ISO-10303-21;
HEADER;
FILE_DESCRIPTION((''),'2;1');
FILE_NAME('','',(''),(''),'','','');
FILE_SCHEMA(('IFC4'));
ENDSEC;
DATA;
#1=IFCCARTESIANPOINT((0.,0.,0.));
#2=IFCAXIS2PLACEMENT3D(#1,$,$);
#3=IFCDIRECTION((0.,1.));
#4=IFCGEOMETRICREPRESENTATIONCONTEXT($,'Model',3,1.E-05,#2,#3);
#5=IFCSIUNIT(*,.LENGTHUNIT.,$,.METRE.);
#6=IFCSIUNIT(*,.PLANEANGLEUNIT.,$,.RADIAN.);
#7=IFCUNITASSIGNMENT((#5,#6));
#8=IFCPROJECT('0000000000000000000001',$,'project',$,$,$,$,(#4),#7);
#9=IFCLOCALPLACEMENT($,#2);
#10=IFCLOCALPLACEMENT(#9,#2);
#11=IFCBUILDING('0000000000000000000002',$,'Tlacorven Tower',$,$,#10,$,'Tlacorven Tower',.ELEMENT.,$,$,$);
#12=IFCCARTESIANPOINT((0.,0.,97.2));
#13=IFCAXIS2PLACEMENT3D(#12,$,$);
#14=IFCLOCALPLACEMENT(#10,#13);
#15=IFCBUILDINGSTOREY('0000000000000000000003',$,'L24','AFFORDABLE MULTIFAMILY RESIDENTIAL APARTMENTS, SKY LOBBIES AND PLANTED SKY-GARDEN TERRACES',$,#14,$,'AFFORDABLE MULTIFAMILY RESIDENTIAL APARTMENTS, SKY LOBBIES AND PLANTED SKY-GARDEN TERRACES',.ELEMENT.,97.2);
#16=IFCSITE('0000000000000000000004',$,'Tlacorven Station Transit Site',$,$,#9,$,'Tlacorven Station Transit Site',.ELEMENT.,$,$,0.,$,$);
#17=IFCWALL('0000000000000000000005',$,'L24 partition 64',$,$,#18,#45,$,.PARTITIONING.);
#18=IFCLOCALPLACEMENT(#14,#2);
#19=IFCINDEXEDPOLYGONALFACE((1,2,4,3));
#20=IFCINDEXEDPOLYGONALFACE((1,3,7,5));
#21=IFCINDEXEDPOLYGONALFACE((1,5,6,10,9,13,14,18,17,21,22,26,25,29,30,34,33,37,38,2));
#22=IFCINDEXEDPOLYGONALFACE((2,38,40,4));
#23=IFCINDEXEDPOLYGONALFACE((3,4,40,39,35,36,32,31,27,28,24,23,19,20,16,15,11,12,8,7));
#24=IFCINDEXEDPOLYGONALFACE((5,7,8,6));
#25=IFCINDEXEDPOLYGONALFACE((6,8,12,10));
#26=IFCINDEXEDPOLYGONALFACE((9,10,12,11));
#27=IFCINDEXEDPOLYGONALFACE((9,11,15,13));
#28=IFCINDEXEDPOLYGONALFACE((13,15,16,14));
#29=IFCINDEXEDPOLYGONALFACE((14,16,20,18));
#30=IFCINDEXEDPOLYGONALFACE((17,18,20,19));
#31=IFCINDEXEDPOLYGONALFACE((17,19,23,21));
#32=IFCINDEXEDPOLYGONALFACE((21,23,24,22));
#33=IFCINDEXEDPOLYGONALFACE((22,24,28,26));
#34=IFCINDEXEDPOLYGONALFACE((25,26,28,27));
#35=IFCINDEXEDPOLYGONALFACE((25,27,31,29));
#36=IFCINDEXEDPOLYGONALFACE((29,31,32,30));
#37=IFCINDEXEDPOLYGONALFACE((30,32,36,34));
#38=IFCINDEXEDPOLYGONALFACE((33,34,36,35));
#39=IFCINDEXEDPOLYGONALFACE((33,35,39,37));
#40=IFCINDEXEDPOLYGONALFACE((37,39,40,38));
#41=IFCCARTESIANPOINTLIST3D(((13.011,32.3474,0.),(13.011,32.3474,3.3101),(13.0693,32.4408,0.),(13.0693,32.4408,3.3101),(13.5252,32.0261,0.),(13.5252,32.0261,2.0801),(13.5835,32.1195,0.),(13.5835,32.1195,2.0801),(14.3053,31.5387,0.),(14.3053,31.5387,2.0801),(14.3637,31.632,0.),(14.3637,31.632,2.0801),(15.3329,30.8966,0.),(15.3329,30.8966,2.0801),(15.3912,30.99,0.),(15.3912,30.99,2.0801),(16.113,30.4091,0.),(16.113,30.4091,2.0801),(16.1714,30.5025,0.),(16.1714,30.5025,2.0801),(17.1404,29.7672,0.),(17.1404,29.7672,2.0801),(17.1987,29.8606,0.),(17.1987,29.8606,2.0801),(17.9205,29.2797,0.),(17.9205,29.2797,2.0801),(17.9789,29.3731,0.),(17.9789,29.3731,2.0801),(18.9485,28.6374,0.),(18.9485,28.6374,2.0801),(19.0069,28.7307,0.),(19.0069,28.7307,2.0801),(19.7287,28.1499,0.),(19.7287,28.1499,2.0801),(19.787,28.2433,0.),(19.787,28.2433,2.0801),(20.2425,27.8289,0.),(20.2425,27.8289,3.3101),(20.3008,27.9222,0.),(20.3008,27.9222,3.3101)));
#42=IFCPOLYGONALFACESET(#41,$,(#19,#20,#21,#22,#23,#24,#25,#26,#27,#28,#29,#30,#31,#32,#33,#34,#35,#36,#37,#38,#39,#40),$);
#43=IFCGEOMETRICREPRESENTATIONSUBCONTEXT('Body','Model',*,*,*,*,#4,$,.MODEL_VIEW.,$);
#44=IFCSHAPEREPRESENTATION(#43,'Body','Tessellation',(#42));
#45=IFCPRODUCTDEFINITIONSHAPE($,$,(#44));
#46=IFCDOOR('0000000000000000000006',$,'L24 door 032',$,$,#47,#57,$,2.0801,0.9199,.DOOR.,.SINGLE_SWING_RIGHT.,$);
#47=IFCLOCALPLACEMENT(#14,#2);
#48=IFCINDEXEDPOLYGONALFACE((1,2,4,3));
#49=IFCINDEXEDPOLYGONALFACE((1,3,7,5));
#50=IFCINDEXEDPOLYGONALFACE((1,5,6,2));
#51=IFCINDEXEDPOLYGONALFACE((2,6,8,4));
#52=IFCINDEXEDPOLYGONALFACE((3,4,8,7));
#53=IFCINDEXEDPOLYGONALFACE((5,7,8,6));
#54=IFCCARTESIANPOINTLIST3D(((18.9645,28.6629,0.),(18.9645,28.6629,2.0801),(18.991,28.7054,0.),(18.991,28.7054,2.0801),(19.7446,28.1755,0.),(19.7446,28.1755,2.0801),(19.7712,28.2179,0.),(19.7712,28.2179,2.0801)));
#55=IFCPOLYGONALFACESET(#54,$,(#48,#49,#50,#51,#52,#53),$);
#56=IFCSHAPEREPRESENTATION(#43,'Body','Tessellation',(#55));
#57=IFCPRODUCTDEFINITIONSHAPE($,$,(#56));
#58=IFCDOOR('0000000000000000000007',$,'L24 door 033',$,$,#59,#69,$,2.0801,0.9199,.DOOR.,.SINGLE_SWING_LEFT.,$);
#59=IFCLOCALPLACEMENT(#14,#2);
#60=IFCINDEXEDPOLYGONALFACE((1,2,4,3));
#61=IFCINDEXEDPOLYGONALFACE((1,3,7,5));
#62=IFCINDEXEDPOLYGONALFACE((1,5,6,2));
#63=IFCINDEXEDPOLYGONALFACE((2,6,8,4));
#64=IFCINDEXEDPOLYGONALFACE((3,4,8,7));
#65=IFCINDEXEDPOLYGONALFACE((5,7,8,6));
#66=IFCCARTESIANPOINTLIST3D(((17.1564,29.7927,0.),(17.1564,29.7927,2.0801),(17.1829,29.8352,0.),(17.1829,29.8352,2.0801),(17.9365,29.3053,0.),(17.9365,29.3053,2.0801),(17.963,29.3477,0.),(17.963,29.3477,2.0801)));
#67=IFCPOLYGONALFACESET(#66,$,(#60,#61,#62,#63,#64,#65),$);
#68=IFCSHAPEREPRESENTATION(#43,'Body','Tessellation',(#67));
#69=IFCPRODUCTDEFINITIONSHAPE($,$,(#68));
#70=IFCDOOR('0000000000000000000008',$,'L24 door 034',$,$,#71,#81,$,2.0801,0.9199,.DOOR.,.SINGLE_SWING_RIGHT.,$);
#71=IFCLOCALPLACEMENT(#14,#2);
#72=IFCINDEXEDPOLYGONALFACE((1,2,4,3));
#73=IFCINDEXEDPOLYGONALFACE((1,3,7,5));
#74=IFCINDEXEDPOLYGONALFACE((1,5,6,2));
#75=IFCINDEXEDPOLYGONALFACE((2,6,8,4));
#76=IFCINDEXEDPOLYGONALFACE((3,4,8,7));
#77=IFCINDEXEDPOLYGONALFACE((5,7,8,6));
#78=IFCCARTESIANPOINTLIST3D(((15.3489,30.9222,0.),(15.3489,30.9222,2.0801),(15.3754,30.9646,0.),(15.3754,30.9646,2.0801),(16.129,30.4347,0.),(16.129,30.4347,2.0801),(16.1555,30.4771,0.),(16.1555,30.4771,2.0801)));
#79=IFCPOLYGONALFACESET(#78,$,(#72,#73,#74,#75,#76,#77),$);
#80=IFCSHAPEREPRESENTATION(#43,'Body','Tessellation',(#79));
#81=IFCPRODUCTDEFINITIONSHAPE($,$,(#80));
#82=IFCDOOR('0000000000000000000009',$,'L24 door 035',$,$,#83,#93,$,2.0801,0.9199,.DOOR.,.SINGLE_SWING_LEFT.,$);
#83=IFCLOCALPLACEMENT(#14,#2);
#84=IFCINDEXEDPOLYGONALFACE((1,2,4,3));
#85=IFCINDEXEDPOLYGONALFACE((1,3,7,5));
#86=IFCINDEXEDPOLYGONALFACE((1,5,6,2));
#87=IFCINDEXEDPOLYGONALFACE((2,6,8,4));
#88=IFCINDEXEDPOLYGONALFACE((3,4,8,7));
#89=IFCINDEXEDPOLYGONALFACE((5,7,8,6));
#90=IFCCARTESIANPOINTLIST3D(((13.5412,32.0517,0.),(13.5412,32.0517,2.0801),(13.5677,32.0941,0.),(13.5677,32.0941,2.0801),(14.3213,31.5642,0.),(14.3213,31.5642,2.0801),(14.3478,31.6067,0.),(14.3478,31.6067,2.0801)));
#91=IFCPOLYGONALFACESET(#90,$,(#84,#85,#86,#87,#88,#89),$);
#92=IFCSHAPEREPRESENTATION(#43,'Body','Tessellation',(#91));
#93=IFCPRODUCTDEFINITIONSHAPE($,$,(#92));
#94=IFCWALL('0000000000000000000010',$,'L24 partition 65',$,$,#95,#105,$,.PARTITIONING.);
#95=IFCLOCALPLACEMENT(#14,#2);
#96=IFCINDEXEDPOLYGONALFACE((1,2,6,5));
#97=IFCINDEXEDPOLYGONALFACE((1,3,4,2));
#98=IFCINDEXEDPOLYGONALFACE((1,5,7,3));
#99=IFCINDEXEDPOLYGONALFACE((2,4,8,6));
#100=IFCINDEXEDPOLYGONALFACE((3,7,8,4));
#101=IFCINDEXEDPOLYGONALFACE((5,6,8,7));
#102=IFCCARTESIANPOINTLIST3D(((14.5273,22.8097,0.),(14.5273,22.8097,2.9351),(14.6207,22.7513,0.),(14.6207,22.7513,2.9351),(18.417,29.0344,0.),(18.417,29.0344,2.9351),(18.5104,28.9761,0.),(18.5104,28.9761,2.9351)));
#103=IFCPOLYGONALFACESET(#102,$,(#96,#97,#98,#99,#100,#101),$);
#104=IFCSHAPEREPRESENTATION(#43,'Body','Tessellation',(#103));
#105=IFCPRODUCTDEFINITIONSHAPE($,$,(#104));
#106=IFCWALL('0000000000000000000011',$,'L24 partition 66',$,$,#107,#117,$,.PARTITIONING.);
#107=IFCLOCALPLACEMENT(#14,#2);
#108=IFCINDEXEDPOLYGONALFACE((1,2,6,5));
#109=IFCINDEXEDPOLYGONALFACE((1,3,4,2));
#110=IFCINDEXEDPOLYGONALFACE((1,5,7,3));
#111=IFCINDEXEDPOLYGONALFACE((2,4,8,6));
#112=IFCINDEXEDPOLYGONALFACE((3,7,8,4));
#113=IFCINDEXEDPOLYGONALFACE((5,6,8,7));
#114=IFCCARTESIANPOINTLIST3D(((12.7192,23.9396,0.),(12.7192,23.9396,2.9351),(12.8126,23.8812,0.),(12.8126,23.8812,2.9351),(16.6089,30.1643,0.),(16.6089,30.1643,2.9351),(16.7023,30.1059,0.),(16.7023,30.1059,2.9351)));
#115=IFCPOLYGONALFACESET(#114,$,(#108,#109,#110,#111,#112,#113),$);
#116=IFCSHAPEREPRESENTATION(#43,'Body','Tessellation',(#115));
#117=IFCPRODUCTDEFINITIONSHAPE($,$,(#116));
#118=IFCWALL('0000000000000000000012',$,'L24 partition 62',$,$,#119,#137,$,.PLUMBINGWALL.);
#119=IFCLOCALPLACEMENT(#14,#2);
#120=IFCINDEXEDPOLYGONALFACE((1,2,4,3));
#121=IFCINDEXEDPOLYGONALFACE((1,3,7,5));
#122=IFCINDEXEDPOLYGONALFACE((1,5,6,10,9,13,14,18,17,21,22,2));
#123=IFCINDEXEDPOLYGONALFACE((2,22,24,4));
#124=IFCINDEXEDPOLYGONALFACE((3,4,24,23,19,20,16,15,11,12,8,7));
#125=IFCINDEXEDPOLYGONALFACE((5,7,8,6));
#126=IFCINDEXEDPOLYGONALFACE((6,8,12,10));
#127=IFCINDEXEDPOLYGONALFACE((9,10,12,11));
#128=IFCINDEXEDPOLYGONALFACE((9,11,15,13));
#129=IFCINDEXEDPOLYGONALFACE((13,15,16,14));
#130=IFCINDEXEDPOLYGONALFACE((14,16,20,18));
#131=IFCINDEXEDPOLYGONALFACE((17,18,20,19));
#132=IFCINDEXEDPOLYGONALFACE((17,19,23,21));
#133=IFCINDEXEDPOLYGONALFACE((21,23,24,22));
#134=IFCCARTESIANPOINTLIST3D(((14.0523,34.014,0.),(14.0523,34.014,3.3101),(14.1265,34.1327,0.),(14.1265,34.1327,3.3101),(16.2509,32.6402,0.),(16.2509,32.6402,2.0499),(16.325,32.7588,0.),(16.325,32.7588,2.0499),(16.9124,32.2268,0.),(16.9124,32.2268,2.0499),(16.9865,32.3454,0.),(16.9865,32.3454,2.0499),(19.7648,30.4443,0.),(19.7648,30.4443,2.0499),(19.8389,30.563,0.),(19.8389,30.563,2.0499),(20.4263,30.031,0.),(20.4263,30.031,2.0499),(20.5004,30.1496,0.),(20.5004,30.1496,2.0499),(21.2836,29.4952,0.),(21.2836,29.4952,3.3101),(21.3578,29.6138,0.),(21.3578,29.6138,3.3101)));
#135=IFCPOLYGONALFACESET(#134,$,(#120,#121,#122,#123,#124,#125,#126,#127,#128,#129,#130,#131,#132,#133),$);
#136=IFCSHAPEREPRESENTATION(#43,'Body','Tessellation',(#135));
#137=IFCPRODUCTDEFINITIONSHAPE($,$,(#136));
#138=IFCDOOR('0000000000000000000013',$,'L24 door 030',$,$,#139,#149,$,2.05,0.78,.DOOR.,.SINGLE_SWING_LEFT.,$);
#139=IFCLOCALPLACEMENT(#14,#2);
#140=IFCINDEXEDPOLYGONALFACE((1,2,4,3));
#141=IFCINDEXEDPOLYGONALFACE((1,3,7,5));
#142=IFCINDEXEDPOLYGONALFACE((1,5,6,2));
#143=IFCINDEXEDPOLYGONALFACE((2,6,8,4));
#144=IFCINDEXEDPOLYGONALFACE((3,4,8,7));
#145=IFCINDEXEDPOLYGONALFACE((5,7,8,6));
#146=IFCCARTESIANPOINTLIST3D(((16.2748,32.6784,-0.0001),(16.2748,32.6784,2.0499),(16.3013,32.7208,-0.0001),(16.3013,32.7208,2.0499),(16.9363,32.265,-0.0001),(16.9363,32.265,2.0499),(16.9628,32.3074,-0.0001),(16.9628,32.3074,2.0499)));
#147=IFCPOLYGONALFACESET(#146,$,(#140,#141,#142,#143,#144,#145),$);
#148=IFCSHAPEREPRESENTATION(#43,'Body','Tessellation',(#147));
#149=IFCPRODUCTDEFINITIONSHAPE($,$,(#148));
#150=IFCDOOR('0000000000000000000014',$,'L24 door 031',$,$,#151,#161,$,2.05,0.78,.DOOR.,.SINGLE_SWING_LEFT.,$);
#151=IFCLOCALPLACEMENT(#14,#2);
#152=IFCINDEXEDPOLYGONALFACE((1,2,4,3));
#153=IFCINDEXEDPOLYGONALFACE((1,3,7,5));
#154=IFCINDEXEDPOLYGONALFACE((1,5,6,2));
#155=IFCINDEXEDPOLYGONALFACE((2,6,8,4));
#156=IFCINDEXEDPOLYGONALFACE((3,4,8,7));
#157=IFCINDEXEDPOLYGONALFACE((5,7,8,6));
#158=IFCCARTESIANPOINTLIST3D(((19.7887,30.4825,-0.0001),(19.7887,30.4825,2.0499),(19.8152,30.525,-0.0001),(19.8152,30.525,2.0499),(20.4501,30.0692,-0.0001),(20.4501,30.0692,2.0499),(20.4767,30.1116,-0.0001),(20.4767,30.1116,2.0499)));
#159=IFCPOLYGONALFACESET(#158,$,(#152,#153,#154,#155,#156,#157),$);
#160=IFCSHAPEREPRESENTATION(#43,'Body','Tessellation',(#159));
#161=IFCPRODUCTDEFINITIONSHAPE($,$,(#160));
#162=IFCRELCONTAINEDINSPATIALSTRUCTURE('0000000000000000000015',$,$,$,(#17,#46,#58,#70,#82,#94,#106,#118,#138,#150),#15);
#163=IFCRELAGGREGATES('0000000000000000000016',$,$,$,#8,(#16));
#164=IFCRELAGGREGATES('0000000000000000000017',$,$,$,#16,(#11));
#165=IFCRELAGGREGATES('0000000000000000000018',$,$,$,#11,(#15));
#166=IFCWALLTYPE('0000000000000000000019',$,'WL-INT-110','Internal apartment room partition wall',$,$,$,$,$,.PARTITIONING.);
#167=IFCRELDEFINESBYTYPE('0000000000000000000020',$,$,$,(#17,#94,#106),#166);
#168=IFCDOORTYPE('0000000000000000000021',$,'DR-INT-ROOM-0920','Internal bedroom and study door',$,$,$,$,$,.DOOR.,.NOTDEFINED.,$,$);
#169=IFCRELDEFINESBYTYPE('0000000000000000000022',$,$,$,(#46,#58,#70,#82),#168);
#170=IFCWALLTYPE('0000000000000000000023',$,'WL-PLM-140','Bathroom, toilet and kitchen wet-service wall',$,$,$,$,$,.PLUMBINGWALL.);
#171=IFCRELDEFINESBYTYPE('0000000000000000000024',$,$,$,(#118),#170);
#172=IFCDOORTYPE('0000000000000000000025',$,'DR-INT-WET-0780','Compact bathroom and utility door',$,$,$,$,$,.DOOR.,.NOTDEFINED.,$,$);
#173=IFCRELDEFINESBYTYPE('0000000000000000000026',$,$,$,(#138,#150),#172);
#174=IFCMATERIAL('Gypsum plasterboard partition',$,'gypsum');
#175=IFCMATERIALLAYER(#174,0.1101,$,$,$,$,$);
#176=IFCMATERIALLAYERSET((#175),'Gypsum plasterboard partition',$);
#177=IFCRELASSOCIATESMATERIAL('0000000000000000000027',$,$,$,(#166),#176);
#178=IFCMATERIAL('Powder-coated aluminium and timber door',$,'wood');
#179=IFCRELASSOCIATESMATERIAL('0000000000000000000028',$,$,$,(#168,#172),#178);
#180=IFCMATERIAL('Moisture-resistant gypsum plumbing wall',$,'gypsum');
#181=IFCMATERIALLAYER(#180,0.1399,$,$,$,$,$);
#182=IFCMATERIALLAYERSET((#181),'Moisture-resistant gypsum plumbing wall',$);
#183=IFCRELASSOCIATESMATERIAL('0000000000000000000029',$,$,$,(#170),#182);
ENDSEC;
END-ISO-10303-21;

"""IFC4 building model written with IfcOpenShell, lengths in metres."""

from ifc_helpers import new_model, si_unit, direction, frame, frame_2d, origin, place, context, subcontext, project, spatial, rectangle, extrude, source, transform, mapped, material, layer, layer_set, type_object, element, fill, save


model = new_model("IFC4")

# Units and contexts
model_context = context("Model", 3, precision=1e-05, world=origin(), true_north=direction((0.0, 1.0)))
body_context = subcontext(model_context, "Body", "Model", "MODEL_VIEW")
ifc_project = project(units=[si_unit("LENGTHUNIT", "METRE"), si_unit("PLANEANGLEUNIT", "RADIAN")], contexts=[model_context])

# Site, building, storey
site_placement = place(None, origin())
site = spatial("IfcSite", under=ifc_project, at=site_placement, Name="Tlacorven Station Transit Site", LongName="Tlacorven Station Transit Site", CompositionType="ELEMENT", RefElevation=0.0)
building_placement = place(site_placement, origin())
building = spatial("IfcBuilding", under=site, at=building_placement, Name="Tlacorven Tower", LongName="Tlacorven Tower", CompositionType="ELEMENT")
storey_placement = place(building_placement, frame((0.0, 0.0, 97.2)))
storey = spatial("IfcBuildingStorey", under=building, at=storey_placement, Name="L24", Description="AFFORDABLE MULTIFAMILY RESIDENTIAL APARTMENTS, SKY LOBBIES AND PLANTED SKY-GARDEN TERRACES", LongName="AFFORDABLE MULTIFAMILY RESIDENTIAL APARTMENTS, SKY LOBBIES AND PLANTED SKY-GARDEN TERRACES", CompositionType="ELEMENT", Elevation=97.2)

# Wall, openings, doors
ifc_material_1 = material(Name="Gypsum plasterboard partition", Category="gypsum")
ifc_layer_1 = layer(ifc_material_1, 0.1101)
ifc_layer_set_1 = layer_set([ifc_layer_1], Name="Gypsum plasterboard partition")
wall_type_1 = type_object("IfcWallType", Name="WL-INT-110", Description="Internal apartment room partition wall", PredefinedType="PARTITIONING", material=ifc_layer_set_1)
wall_1_placement = place(storey_placement, frame((20.2717, 27.8755, 0.0), z_axis=(0.0, 0.0, 1.0), x_axis=(-0.848056, 0.529906, 0.0)))
wall_1 = element("IfcWall", 1, at=wall_1_placement, inside=storey, type_object=wall_type_1, Name="L24 partition 64", PredefinedType="PARTITIONING", context=body_context, shape_type="SweptSolid", body=[
    extrude(rectangle(XDim=8.5271, YDim=0.1101, at=frame_2d((4.2637, 0.0))), origin(), (0.0, 0.0, 1.0), 3.3101),
])
opening_1_placement = place(wall_1_placement, frame((0.606, 0.0, 0.0)))
opening_1 = element("IfcOpeningElement", 2, at=opening_1_placement, cuts=wall_1, PredefinedType="OPENING", context=body_context, shape_type="SweptSolid", body=[
    extrude(rectangle(XDim=0.9199, YDim=2.0801, at=frame_2d((0.46, 1.04))), frame((0.0, 0.0649, 0.0), z_axis=(0.0, -1.0, 0.0), x_axis=(1.0, 0.0, 0.0)), (0.0, 0.0, 1.0), 0.1301),
])
opening_2_placement = place(wall_1_placement, frame((2.738, 0.0, 0.0)))
opening_2 = element("IfcOpeningElement", 3, at=opening_2_placement, cuts=wall_1, PredefinedType="OPENING", context=body_context, shape_type="SweptSolid", body=[
    extrude(rectangle(XDim=0.9199, YDim=2.0801, at=frame_2d((0.46, 1.04))), frame((0.0, 0.0649, 0.0), z_axis=(0.0, -1.0, 0.0), x_axis=(1.0, 0.0, 0.0)), (0.0, 0.0, 1.0), 0.1301),
])
opening_3_placement = place(wall_1_placement, frame((4.8694, 0.0, 0.0)))
opening_3 = element("IfcOpeningElement", 4, at=opening_3_placement, cuts=wall_1, PredefinedType="OPENING", context=body_context, shape_type="SweptSolid", body=[
    extrude(rectangle(XDim=0.9199, YDim=2.0801, at=frame_2d((0.46, 1.04))), frame((0.0, 0.0649, 0.0), z_axis=(0.0, -1.0, 0.0), x_axis=(1.0, 0.0, 0.0)), (0.0, 0.0, 1.0), 0.1301),
])
opening_4_placement = place(wall_1_placement, frame((7.001, 0.0, 0.0)))
opening_4 = element("IfcOpeningElement", 5, at=opening_4_placement, cuts=wall_1, PredefinedType="OPENING", context=body_context, shape_type="SweptSolid", body=[
    extrude(rectangle(XDim=0.9199, YDim=2.0801, at=frame_2d((0.46, 1.04))), frame((0.0, 0.0649, 0.0), z_axis=(0.0, -1.0, 0.0), x_axis=(1.0, 0.0, 0.0)), (0.0, 0.0, 1.0), 0.1301),
])
ifc_material_2 = material(Name="Powder-coated aluminium and timber door", Category="wood")
door_type_1 = type_object("IfcDoorType", Name="DR-INT-ROOM-0920", Description="Internal bedroom and study door", OperationType="NOTDEFINED", PredefinedType="DOOR", material=ifc_material_2)
shared_shape_1 = source(origin(), body_context, "Body", "SweptSolid", [
    extrude(rectangle(XDim=0.9199, YDim=2.0801, at=frame_2d((0.46, 1.04))), frame((0.0, 0.0249, 0.0), z_axis=(0.0, -1.0, 0.0), x_axis=(1.0, 0.0, 0.0)), (0.0, 0.0, 1.0), 0.05),
])
door_1_placement = place(opening_1_placement, origin())
door_1 = element("IfcDoor", 6, at=door_1_placement, inside=storey, type_object=door_type_1, Name="L24 door 032", OperationType="SINGLE_SWING_RIGHT", OverallHeight=2.0801, OverallWidth=0.9199, PredefinedType="DOOR", context=body_context, shape_type="MappedRepresentation", body=[
    mapped(shared_shape_1, transform((0.0, 0.0, 0.0), scale=1.0)),
])
fill(opening_1, door_1)
door_2_placement = place(opening_2_placement, origin())
door_2 = element("IfcDoor", 7, at=door_2_placement, inside=storey, type_object=door_type_1, Name="L24 door 033", OperationType="SINGLE_SWING_LEFT", OverallHeight=2.0801, OverallWidth=0.9199, PredefinedType="DOOR", context=body_context, shape_type="MappedRepresentation", body=[
    mapped(shared_shape_1, transform((0.0, 0.0, 0.0), scale=1.0)),
])
fill(opening_2, door_2)
door_3_placement = place(opening_3_placement, origin())
door_3 = element("IfcDoor", 8, at=door_3_placement, inside=storey, type_object=door_type_1, Name="L24 door 034", OperationType="SINGLE_SWING_RIGHT", OverallHeight=2.0801, OverallWidth=0.9199, PredefinedType="DOOR", context=body_context, shape_type="MappedRepresentation", body=[
    mapped(shared_shape_1, transform((0.0, 0.0, 0.0), scale=1.0)),
])
fill(opening_3, door_3)
door_4_placement = place(opening_4_placement, origin())
door_4 = element("IfcDoor", 9, at=door_4_placement, inside=storey, type_object=door_type_1, Name="L24 door 035", OperationType="SINGLE_SWING_LEFT", OverallHeight=2.0801, OverallWidth=0.9199, PredefinedType="DOOR", context=body_context, shape_type="MappedRepresentation", body=[
    mapped(shared_shape_1, transform((0.0, 0.0, 0.0), scale=1.0)),
])
fill(opening_4, door_4)

# Walls
for number, where, z_axis, x_axis, name in (
    (10, (18.4636, 29.0051, 0.0), (0.0, 0.0, 1.0), (-0.529927, -0.848043, 0.0), "L24 partition 65"),
    (11, (16.6555, 30.135, 0.0), (0.0, 0.0, 1.0), (-0.529927, -0.848043, 0.0), "L24 partition 66"),
):
    element("IfcWall", number, at=place(storey_placement, frame(where, z_axis=z_axis, x_axis=x_axis)), inside=storey, type_object=wall_type_1, Name=name, PredefinedType="PARTITIONING", context=body_context, shape_type="SweptSolid", body=[
        extrude(rectangle(XDim=7.3401, YDim=0.1101, at=frame_2d((3.6699, 0.0))), origin(), (0.0, 0.0, 1.0), 2.9351),
    ])

# Wall, openings, doors
ifc_material_3 = material(Name="Moisture-resistant gypsum plumbing wall", Category="gypsum")
ifc_layer_2 = layer(ifc_material_3, 0.1399)
ifc_layer_set_2 = layer_set([ifc_layer_2], Name="Moisture-resistant gypsum plumbing wall")
wall_type_2 = type_object("IfcWallType", Name="WL-PLM-140", Description="Bathroom, toilet and kitchen wet-service wall", PredefinedType="PLUMBINGWALL", material=ifc_layer_set_2)
wall_2_placement = place(storey_placement, frame((21.3208, 29.5544, 0.0), z_axis=(0.0, 0.0, 1.0), x_axis=(-0.848035, 0.52994, 0.0)))
wall_2 = element("IfcWall", 12, at=wall_2_placement, inside=storey, type_object=wall_type_2, Name="L24 partition 62", PredefinedType="PLUMBINGWALL", context=body_context, shape_type="SweptSolid", body=[
    extrude(rectangle(XDim=8.5271, YDim=0.1399, at=frame_2d((4.2637, 0.0))), origin(), (0.0, 0.0, 1.0), 3.3101),
])
opening_5_placement = place(wall_2_placement, frame((5.1545, 0.0, 0.0)))
opening_5 = element("IfcOpeningElement", 13, at=opening_5_placement, cuts=wall_2, PredefinedType="OPENING", context=body_context, shape_type="SweptSolid", body=[
    extrude(rectangle(XDim=0.78, YDim=2.05, at=frame_2d((0.3901, 1.0249))), frame((0.0, 0.0801, 0.0), z_axis=(0.0, -1.0, 0.0), x_axis=(1.0, 0.0, 0.0)), (0.0, 0.0, 1.0), 0.1599),
])
opening_6_placement = place(wall_2_placement, frame((1.011, 0.0, 0.0)))
opening_6 = element("IfcOpeningElement", 14, at=opening_6_placement, cuts=wall_2, PredefinedType="OPENING", context=body_context, shape_type="SweptSolid", body=[
    extrude(rectangle(XDim=0.78, YDim=2.05, at=frame_2d((0.3901, 1.0249))), frame((0.0, 0.0801, 0.0), z_axis=(0.0, -1.0, 0.0), x_axis=(1.0, 0.0, 0.0)), (0.0, 0.0, 1.0), 0.1599),
])
door_type_2 = type_object("IfcDoorType", Name="DR-INT-WET-0780", Description="Compact bathroom and utility door", OperationType="NOTDEFINED", PredefinedType="DOOR", material=ifc_material_2)
shared_shape_2 = source(origin(), body_context, "Body", "SweptSolid", [
    extrude(rectangle(XDim=0.78, YDim=2.05, at=frame_2d((0.3901, 1.0249))), frame((0.0, 0.0249, 0.0), z_axis=(0.0, -1.0, 0.0), x_axis=(1.0, 0.0, 0.0)), (0.0, 0.0, 1.0), 0.05),
])
door_5_placement = place(opening_5_placement, origin())
door_5 = element("IfcDoor", 15, at=door_5_placement, inside=storey, type_object=door_type_2, Name="L24 door 030", OperationType="SINGLE_SWING_LEFT", OverallHeight=2.05, OverallWidth=0.78, PredefinedType="DOOR", context=body_context, shape_type="MappedRepresentation", body=[
    mapped(shared_shape_2, transform((0.0, 0.0, 0.0), scale=1.0)),
])
fill(opening_5, door_5)
door_6_placement = place(opening_6_placement, origin())
door_6 = element("IfcDoor", 16, at=door_6_placement, inside=storey, type_object=door_type_2, Name="L24 door 031", OperationType="SINGLE_SWING_LEFT", OverallHeight=2.05, OverallWidth=0.78, PredefinedType="DOOR", context=body_context, shape_type="MappedRepresentation", body=[
    mapped(shared_shape_2, transform((0.0, 0.0, 0.0), scale=1.0)),
])
fill(opening_6, door_6)

save(model, "model.ifc")
